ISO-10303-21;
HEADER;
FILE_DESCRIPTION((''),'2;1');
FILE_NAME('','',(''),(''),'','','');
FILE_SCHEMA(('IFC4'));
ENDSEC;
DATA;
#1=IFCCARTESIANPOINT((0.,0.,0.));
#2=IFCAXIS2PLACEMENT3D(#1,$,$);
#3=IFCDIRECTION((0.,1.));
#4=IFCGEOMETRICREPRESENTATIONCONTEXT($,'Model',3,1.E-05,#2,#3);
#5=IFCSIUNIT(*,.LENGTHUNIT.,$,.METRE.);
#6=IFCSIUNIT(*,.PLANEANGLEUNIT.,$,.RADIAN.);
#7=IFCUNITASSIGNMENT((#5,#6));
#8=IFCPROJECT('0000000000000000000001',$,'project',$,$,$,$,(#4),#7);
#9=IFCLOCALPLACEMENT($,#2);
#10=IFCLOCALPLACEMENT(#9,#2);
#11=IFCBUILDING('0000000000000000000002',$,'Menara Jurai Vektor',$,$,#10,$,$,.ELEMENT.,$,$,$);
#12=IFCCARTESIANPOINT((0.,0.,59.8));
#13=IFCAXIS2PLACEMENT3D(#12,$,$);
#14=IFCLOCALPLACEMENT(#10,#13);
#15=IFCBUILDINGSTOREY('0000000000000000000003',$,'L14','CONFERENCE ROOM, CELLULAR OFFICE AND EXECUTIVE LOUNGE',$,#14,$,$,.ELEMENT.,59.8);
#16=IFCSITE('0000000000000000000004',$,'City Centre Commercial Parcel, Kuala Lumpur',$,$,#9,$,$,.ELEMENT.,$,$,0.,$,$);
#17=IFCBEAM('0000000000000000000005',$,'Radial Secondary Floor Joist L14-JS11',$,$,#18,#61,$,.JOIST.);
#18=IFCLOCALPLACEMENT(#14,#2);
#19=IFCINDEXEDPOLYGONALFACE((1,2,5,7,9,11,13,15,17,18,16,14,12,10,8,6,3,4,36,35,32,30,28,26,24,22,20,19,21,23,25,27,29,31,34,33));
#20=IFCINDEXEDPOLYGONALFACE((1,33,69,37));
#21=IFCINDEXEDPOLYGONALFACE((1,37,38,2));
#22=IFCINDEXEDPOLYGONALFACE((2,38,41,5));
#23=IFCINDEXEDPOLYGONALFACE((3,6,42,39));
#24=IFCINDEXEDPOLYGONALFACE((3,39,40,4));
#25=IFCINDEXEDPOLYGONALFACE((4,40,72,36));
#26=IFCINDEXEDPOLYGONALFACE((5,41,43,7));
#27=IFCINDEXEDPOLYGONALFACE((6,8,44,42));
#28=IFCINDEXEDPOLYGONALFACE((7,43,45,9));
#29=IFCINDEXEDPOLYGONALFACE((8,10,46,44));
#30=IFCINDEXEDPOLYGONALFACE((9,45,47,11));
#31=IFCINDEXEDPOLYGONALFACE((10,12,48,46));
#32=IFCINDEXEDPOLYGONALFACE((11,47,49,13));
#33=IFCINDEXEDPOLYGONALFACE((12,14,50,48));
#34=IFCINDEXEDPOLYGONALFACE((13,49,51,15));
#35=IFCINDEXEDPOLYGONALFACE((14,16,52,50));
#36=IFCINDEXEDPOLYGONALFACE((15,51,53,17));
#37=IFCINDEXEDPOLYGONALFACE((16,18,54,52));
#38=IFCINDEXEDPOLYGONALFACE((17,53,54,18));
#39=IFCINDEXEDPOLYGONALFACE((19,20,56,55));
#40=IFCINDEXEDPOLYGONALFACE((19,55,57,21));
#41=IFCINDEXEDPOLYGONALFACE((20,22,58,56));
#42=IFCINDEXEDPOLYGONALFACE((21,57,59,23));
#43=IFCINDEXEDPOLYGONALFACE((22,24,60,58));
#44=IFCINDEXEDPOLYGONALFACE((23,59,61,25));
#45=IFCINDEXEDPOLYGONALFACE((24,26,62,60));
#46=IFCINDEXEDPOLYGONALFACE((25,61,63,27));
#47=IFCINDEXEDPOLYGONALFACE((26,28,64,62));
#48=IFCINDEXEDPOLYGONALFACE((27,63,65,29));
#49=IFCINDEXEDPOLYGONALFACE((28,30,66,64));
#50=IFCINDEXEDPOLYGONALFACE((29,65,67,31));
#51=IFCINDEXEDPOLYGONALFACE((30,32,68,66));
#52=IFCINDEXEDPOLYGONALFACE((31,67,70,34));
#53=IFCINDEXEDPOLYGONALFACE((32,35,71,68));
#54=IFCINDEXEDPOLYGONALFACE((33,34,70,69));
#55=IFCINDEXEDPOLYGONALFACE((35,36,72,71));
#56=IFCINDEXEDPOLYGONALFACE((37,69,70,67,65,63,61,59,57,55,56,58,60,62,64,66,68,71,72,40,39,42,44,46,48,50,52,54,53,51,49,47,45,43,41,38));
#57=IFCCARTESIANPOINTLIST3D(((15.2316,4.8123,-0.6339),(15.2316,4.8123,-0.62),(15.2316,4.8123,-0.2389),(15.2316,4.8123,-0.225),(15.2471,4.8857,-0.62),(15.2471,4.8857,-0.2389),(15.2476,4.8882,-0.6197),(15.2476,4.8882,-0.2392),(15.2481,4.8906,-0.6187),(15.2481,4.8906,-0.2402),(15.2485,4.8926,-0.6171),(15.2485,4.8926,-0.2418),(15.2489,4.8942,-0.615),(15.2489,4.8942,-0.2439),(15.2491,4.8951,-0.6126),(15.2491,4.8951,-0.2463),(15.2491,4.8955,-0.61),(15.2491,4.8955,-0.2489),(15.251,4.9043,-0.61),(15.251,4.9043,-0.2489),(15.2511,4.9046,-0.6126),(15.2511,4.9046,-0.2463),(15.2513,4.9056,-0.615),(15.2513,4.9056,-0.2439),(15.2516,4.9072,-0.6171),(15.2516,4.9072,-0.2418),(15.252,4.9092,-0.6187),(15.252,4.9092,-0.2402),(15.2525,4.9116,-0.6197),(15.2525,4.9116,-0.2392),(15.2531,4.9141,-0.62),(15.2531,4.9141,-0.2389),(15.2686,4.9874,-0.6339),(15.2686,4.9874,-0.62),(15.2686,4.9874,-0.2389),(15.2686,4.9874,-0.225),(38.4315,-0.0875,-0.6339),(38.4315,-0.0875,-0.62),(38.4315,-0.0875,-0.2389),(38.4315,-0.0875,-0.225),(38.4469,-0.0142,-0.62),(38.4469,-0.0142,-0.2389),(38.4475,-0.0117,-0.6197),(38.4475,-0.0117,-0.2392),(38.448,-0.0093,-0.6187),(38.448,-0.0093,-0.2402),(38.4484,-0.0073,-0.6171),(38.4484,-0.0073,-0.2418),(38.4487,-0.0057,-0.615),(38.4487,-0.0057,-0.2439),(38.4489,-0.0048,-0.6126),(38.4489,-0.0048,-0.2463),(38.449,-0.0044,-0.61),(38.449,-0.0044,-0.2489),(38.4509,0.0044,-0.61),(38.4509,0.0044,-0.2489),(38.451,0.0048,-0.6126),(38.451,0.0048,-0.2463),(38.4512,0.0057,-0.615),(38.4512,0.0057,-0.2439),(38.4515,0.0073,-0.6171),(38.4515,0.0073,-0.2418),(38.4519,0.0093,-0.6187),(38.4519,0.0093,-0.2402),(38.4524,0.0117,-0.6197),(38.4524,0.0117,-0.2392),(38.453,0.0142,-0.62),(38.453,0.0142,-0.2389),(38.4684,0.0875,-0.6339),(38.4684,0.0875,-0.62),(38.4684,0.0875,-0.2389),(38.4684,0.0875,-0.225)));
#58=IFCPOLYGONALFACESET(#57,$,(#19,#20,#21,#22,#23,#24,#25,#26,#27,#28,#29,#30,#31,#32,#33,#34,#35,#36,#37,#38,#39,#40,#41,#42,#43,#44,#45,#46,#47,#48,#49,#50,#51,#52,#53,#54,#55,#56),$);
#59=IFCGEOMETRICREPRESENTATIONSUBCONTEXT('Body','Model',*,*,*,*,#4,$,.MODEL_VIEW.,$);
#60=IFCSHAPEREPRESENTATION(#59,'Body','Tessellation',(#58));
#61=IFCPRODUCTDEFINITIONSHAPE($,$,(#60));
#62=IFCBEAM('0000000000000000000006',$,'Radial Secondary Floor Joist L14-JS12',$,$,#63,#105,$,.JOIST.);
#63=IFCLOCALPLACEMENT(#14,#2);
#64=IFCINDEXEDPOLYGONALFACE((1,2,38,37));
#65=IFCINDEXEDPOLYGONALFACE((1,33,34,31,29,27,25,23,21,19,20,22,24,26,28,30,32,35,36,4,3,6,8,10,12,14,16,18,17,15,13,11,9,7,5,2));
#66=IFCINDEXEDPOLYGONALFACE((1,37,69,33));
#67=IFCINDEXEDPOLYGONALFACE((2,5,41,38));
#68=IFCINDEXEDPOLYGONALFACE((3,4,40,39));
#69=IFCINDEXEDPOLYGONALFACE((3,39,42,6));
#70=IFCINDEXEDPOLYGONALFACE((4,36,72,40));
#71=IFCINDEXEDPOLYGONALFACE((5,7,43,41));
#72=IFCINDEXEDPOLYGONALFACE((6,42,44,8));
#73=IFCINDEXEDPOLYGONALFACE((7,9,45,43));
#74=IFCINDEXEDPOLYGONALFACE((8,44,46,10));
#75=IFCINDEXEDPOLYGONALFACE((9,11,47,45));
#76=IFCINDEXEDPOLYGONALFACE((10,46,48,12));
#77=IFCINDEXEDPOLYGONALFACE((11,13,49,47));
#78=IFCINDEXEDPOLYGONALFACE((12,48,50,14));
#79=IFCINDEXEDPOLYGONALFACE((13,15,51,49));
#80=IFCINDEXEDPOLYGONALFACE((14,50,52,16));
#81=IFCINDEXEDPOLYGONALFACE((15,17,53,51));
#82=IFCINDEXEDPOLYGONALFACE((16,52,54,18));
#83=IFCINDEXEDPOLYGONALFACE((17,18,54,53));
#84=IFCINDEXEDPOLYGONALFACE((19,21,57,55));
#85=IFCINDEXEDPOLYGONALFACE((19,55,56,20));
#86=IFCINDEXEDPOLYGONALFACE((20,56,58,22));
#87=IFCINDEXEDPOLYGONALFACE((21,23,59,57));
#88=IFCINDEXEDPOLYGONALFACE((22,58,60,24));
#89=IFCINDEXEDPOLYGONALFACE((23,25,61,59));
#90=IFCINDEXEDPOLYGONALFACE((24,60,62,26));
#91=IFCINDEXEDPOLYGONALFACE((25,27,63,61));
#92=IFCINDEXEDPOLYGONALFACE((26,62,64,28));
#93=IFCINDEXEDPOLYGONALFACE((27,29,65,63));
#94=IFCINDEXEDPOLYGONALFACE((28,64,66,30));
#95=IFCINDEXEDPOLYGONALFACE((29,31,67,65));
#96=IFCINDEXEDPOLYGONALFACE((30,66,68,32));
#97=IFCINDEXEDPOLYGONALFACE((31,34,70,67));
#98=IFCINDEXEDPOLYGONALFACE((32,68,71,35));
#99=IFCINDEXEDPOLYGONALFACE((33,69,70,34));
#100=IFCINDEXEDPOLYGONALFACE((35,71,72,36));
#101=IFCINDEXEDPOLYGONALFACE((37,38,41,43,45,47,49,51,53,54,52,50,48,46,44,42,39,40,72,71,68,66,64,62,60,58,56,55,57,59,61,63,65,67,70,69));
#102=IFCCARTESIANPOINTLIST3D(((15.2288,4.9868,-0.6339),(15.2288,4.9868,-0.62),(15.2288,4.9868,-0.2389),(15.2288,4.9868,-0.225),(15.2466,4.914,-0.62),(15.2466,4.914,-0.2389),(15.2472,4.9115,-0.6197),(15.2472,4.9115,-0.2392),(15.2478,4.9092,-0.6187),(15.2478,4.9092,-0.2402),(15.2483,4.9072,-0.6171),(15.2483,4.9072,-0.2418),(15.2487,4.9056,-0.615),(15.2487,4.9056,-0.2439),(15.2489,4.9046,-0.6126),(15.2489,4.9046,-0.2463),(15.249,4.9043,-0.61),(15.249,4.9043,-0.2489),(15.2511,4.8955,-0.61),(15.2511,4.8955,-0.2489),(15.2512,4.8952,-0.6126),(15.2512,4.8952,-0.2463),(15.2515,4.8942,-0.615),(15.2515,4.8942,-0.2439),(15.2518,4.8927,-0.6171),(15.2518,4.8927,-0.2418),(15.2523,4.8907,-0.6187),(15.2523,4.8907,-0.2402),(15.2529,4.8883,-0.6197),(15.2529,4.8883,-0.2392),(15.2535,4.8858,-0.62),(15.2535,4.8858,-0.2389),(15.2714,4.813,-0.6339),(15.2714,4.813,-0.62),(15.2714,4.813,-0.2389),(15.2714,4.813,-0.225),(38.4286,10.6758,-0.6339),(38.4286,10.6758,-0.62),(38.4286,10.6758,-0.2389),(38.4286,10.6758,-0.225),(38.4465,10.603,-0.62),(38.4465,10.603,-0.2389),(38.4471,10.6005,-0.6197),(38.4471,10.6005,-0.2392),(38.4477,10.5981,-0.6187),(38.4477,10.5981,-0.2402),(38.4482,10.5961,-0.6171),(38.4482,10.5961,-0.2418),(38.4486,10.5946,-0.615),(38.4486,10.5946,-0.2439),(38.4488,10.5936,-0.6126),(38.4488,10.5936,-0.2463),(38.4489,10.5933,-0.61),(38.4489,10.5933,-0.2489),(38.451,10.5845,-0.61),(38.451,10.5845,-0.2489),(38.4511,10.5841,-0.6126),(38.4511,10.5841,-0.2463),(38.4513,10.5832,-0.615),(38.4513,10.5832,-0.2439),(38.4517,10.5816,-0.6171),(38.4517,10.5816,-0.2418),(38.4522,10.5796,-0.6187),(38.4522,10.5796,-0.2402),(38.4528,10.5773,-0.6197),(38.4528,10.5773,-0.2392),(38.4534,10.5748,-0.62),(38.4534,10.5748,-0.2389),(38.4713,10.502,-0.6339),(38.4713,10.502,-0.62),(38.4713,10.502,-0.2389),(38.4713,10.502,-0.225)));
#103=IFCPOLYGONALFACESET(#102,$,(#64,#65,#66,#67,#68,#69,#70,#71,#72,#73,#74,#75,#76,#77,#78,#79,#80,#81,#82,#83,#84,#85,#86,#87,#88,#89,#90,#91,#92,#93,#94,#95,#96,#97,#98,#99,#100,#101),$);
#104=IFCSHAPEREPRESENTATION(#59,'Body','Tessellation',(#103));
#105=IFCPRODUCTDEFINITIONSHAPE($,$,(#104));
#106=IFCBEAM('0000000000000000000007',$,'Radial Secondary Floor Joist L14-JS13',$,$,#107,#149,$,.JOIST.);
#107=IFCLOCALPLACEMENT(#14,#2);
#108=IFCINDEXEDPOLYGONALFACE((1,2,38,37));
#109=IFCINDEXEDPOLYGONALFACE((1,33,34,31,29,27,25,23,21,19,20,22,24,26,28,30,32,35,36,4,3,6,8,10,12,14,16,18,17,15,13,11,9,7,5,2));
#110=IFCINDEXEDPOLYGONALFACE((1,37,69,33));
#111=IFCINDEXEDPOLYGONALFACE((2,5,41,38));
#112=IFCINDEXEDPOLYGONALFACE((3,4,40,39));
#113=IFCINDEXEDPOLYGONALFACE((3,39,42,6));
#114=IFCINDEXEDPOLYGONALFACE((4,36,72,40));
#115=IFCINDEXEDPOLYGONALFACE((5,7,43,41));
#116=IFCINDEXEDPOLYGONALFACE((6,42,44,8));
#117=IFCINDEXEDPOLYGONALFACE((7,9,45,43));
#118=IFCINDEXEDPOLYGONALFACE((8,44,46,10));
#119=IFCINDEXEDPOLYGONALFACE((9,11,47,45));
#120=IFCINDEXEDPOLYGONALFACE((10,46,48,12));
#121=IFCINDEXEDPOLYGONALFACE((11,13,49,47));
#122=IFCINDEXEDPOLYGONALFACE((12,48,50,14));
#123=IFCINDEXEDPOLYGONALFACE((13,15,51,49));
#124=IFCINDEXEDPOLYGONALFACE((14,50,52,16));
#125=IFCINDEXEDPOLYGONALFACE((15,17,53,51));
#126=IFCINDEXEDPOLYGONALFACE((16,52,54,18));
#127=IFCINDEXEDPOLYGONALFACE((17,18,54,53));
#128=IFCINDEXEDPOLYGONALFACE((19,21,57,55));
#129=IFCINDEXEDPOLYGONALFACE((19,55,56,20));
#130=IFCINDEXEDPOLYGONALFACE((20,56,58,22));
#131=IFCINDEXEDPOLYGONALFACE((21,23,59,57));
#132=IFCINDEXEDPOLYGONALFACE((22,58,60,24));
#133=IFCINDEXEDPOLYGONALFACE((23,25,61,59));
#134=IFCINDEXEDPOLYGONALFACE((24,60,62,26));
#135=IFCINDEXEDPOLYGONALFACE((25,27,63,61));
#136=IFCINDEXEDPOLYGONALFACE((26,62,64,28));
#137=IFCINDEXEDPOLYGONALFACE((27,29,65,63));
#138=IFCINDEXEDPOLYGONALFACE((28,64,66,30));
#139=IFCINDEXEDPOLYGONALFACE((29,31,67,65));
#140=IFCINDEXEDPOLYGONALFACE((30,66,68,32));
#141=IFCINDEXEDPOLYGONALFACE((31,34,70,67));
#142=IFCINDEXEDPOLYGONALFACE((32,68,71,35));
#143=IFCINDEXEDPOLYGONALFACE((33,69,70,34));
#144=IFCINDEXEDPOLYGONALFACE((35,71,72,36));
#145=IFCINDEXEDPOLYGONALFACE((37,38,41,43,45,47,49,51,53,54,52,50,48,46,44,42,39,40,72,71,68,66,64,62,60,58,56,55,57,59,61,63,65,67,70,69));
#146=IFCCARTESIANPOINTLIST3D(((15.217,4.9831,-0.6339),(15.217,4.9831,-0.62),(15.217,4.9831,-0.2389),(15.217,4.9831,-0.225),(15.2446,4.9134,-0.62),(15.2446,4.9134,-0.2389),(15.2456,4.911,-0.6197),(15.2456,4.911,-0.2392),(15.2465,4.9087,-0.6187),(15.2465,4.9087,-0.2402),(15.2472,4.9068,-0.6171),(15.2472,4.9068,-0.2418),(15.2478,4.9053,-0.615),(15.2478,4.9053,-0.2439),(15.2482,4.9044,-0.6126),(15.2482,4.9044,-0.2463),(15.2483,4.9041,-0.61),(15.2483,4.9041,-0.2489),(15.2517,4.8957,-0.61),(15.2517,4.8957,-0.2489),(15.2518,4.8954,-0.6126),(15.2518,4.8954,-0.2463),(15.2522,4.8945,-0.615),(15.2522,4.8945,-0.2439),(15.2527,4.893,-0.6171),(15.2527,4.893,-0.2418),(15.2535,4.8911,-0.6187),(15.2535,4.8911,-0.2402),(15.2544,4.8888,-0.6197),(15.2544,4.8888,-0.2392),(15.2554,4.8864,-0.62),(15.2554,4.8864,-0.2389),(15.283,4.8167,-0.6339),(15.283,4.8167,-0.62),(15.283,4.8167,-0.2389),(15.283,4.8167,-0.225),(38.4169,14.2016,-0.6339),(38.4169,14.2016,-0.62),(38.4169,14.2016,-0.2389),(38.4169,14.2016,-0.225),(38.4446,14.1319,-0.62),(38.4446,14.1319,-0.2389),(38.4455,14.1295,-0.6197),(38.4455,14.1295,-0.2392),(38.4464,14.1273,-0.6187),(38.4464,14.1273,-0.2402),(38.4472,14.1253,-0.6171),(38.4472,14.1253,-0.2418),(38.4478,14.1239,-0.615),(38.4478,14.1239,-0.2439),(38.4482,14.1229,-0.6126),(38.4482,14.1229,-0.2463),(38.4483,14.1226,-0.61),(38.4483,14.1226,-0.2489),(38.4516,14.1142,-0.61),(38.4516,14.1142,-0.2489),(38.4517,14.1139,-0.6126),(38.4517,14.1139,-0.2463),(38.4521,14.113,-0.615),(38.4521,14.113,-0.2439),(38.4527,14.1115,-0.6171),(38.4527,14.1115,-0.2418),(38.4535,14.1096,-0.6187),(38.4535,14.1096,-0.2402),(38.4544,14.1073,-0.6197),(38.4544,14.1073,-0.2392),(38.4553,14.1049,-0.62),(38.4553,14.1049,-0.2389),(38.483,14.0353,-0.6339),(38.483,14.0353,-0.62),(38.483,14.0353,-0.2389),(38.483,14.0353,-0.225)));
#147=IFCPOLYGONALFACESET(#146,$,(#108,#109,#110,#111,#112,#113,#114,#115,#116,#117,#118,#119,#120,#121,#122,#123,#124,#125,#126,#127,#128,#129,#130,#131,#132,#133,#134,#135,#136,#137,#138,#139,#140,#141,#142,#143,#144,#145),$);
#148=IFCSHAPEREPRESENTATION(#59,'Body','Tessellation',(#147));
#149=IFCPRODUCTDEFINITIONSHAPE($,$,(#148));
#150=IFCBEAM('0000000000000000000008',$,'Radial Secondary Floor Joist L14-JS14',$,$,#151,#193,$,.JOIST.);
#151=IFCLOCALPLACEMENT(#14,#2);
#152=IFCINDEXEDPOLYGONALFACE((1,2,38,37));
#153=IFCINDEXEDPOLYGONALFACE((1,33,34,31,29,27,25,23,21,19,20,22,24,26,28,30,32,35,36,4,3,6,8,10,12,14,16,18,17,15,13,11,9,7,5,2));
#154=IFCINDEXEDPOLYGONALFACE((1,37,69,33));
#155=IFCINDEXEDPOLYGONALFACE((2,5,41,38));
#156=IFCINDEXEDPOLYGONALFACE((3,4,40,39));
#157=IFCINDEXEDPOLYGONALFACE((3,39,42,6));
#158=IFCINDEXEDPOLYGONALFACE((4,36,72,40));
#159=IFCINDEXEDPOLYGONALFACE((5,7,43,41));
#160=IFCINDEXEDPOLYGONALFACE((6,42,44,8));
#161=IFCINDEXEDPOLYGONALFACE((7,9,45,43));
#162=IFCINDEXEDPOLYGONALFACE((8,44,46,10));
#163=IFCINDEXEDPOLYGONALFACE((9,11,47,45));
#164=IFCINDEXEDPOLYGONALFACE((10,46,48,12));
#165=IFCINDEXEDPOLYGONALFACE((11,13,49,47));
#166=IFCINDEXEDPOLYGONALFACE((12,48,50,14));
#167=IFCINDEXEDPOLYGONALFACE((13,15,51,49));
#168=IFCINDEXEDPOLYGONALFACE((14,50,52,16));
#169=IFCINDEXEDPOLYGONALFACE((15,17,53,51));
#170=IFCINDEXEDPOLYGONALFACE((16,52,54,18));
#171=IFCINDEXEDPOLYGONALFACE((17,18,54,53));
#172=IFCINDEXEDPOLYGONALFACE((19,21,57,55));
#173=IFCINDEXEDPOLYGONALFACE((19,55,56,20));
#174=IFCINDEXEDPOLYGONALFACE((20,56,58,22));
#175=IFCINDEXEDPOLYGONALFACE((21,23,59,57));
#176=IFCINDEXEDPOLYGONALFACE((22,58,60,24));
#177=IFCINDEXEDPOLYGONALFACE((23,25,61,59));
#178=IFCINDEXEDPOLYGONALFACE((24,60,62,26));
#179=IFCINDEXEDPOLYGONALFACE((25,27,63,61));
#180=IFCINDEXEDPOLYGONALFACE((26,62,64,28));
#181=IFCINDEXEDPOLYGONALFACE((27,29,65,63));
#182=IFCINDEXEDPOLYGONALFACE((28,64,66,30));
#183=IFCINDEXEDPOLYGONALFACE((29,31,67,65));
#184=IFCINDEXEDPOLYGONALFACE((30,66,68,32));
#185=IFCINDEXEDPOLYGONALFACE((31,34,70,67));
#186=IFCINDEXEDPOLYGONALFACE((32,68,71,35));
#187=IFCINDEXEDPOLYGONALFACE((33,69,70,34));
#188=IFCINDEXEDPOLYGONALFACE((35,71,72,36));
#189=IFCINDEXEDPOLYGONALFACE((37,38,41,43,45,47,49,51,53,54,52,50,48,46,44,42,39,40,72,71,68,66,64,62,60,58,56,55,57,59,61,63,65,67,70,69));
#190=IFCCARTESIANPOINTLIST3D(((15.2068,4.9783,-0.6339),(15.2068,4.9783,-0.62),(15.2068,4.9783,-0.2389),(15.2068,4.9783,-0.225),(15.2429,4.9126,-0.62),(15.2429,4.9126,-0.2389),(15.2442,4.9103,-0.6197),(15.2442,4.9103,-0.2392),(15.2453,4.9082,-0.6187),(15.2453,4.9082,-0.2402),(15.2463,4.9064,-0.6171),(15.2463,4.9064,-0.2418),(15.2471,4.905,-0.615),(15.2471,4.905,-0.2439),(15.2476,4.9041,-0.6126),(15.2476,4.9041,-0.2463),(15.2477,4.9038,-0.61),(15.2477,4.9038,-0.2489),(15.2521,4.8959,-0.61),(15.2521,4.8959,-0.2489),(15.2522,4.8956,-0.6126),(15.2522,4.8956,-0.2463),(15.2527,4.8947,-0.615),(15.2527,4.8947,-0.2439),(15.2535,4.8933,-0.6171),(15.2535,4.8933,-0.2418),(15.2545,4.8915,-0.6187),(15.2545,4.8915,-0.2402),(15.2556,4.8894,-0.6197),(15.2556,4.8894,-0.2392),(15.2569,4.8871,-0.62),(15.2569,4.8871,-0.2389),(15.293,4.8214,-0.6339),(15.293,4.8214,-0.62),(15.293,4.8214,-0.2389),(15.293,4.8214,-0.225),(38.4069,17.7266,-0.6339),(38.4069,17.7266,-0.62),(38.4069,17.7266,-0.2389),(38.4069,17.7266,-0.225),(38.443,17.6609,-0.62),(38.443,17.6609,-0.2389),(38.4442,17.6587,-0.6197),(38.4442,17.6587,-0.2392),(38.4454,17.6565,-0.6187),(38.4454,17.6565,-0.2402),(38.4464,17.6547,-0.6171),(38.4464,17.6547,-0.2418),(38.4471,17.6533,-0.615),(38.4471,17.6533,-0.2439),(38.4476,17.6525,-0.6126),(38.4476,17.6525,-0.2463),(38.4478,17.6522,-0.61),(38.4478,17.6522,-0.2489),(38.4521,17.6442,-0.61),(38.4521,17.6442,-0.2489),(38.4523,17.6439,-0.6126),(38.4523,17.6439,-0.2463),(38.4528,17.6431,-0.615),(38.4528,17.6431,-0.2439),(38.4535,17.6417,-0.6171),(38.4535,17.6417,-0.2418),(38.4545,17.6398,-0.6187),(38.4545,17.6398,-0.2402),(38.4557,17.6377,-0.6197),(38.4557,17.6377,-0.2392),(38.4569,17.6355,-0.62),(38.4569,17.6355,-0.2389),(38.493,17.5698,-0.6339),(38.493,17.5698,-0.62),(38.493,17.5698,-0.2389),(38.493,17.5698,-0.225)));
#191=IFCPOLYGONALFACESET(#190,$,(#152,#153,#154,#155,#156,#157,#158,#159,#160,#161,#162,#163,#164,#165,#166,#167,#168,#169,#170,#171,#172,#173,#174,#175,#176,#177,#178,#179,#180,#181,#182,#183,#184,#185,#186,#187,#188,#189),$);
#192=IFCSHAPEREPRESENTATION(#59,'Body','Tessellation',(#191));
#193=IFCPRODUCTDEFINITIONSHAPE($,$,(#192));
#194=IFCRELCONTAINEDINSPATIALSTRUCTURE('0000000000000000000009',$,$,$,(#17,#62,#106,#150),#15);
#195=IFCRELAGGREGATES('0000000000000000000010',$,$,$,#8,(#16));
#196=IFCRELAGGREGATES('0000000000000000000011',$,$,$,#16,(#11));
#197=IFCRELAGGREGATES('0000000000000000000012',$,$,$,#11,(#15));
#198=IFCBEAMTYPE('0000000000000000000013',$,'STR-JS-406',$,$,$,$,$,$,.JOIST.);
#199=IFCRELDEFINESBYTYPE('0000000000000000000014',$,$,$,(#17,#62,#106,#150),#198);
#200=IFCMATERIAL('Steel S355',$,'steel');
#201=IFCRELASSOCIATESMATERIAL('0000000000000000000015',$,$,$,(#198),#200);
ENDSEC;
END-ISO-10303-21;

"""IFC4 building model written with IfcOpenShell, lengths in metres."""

from ifc_helpers import new_model, si_unit, direction, frame, origin, origin_2d, place, context, subcontext, project, spatial, i_section, extrude, material, material_profile, profile_set, type_object, element, save


model = new_model("IFC4")

# Units and contexts
model_context = context("Model", 3, precision=1e-05, world=origin(), true_north=direction((0.0, 1.0)))
body_context = subcontext(model_context, "Body", "Model", "MODEL_VIEW")
ifc_project = project(units=[si_unit("LENGTHUNIT", "METRE"), si_unit("PLANEANGLEUNIT", "RADIAN")], contexts=[model_context])

# Site, building, storey
site_placement = place(None, origin())
site = spatial("IfcSite", under=ifc_project, at=site_placement, Name="City Centre Commercial Parcel, Kuala Lumpur", CompositionType="ELEMENT", RefElevation=0.0)
building_placement = place(site_placement, origin())
building = spatial("IfcBuilding", under=site, at=building_placement, Name="Menara Jurai Vektor", CompositionType="ELEMENT")
storey_placement = place(building_placement, frame((0.0, 0.0, 59.8)))
storey = spatial("IfcBuildingStorey", under=building, at=storey_placement, Name="L14", Description="CONFERENCE ROOM, CELLULAR OFFICE AND EXECUTIVE LOUNGE", CompositionType="ELEMENT", Elevation=59.8)

# Shared definitions
ifc_material_1 = material(Name="Steel S355", Category="steel")

# Beams
ifc_material_profile_1 = material_profile(ifc_material_1, i_section(OverallWidth=0.179, OverallDepth=0.4089, WebThickness=0.009, FlangeThickness=0.0139, FilletRadius=0.01, at=origin_2d()), Name="UKB 406x178x67")
ifc_profile_set_1 = profile_set([ifc_material_profile_1], Name="Steel S355")
beam_type_1 = type_object("IfcBeamType", Name="STR-JS-406", PredefinedType="JOIST", material=ifc_profile_set_1)
beam_1_placement = place(storey_placement, frame((38.45, 0.0, -0.4294), z_axis=(-0.978416, 0.206645, 0.0), x_axis=(-0.206645, -0.978416, 0.0)))
element("IfcBeam", 1, at=beam_1_placement, inside=storey, type_object=beam_type_1, Name="Radial Secondary Floor Joist L14-JS11", PredefinedType="JOIST", context=body_context, shape_type="SweptSolid", body=[
    extrude(i_section(OverallWidth=0.179, OverallDepth=0.4089, WebThickness=0.009, FlangeThickness=0.0139, FilletRadius=0.01, at=origin_2d()), origin(), (0.0, 0.0, 1.0), 23.7117),
])
beam_2_placement = place(storey_placement, frame((38.45, 10.5889, -0.4294), z_axis=(-0.971226, -0.238159, 0.0), x_axis=(0.238159, -0.971226, 0.0)))
element("IfcBeam", 2, at=beam_2_placement, inside=storey, type_object=beam_type_1, Name="Radial Secondary Floor Joist L14-JS12", PredefinedType="JOIST", context=body_context, shape_type="SweptSolid", body=[
    extrude(i_section(OverallWidth=0.179, OverallDepth=0.4089, WebThickness=0.009, FlangeThickness=0.0139, FilletRadius=0.01, at=origin_2d()), origin(), (0.0, 0.0, 1.0), 23.8872),
])
beam_3_placement = place(storey_placement, frame((38.45, 14.1184, -0.4294), z_axis=(-0.929323, -0.369267, 0.0), x_axis=(0.369267, -0.929323, 0.0)))
element("IfcBeam", 3, at=beam_3_placement, inside=storey, type_object=beam_type_1, Name="Radial Secondary Floor Joist L14-JS13", PredefinedType="JOIST", context=body_context, shape_type="SweptSolid", body=[
    extrude(i_section(OverallWidth=0.179, OverallDepth=0.4089, WebThickness=0.009, FlangeThickness=0.0139, FilletRadius=0.01, at=origin_2d()), origin(), (0.0, 0.0, 1.0), 24.9644),
])
beam_4_placement = place(storey_placement, frame((38.45, 17.6482, -0.4294), z_axis=(-0.876402, -0.48158, 0.0), x_axis=(0.48158, -0.876402, 0.0)))
element("IfcBeam", 4, at=beam_4_placement, inside=storey, type_object=beam_type_1, Name="Radial Secondary Floor Joist L14-JS14", PredefinedType="JOIST", context=body_context, shape_type="SweptSolid", body=[
    extrude(i_section(OverallWidth=0.179, OverallDepth=0.4089, WebThickness=0.009, FlangeThickness=0.0139, FilletRadius=0.01, at=origin_2d()), origin(), (0.0, 0.0, 1.0), 26.4719),
])

save(model, "model.ifc")
